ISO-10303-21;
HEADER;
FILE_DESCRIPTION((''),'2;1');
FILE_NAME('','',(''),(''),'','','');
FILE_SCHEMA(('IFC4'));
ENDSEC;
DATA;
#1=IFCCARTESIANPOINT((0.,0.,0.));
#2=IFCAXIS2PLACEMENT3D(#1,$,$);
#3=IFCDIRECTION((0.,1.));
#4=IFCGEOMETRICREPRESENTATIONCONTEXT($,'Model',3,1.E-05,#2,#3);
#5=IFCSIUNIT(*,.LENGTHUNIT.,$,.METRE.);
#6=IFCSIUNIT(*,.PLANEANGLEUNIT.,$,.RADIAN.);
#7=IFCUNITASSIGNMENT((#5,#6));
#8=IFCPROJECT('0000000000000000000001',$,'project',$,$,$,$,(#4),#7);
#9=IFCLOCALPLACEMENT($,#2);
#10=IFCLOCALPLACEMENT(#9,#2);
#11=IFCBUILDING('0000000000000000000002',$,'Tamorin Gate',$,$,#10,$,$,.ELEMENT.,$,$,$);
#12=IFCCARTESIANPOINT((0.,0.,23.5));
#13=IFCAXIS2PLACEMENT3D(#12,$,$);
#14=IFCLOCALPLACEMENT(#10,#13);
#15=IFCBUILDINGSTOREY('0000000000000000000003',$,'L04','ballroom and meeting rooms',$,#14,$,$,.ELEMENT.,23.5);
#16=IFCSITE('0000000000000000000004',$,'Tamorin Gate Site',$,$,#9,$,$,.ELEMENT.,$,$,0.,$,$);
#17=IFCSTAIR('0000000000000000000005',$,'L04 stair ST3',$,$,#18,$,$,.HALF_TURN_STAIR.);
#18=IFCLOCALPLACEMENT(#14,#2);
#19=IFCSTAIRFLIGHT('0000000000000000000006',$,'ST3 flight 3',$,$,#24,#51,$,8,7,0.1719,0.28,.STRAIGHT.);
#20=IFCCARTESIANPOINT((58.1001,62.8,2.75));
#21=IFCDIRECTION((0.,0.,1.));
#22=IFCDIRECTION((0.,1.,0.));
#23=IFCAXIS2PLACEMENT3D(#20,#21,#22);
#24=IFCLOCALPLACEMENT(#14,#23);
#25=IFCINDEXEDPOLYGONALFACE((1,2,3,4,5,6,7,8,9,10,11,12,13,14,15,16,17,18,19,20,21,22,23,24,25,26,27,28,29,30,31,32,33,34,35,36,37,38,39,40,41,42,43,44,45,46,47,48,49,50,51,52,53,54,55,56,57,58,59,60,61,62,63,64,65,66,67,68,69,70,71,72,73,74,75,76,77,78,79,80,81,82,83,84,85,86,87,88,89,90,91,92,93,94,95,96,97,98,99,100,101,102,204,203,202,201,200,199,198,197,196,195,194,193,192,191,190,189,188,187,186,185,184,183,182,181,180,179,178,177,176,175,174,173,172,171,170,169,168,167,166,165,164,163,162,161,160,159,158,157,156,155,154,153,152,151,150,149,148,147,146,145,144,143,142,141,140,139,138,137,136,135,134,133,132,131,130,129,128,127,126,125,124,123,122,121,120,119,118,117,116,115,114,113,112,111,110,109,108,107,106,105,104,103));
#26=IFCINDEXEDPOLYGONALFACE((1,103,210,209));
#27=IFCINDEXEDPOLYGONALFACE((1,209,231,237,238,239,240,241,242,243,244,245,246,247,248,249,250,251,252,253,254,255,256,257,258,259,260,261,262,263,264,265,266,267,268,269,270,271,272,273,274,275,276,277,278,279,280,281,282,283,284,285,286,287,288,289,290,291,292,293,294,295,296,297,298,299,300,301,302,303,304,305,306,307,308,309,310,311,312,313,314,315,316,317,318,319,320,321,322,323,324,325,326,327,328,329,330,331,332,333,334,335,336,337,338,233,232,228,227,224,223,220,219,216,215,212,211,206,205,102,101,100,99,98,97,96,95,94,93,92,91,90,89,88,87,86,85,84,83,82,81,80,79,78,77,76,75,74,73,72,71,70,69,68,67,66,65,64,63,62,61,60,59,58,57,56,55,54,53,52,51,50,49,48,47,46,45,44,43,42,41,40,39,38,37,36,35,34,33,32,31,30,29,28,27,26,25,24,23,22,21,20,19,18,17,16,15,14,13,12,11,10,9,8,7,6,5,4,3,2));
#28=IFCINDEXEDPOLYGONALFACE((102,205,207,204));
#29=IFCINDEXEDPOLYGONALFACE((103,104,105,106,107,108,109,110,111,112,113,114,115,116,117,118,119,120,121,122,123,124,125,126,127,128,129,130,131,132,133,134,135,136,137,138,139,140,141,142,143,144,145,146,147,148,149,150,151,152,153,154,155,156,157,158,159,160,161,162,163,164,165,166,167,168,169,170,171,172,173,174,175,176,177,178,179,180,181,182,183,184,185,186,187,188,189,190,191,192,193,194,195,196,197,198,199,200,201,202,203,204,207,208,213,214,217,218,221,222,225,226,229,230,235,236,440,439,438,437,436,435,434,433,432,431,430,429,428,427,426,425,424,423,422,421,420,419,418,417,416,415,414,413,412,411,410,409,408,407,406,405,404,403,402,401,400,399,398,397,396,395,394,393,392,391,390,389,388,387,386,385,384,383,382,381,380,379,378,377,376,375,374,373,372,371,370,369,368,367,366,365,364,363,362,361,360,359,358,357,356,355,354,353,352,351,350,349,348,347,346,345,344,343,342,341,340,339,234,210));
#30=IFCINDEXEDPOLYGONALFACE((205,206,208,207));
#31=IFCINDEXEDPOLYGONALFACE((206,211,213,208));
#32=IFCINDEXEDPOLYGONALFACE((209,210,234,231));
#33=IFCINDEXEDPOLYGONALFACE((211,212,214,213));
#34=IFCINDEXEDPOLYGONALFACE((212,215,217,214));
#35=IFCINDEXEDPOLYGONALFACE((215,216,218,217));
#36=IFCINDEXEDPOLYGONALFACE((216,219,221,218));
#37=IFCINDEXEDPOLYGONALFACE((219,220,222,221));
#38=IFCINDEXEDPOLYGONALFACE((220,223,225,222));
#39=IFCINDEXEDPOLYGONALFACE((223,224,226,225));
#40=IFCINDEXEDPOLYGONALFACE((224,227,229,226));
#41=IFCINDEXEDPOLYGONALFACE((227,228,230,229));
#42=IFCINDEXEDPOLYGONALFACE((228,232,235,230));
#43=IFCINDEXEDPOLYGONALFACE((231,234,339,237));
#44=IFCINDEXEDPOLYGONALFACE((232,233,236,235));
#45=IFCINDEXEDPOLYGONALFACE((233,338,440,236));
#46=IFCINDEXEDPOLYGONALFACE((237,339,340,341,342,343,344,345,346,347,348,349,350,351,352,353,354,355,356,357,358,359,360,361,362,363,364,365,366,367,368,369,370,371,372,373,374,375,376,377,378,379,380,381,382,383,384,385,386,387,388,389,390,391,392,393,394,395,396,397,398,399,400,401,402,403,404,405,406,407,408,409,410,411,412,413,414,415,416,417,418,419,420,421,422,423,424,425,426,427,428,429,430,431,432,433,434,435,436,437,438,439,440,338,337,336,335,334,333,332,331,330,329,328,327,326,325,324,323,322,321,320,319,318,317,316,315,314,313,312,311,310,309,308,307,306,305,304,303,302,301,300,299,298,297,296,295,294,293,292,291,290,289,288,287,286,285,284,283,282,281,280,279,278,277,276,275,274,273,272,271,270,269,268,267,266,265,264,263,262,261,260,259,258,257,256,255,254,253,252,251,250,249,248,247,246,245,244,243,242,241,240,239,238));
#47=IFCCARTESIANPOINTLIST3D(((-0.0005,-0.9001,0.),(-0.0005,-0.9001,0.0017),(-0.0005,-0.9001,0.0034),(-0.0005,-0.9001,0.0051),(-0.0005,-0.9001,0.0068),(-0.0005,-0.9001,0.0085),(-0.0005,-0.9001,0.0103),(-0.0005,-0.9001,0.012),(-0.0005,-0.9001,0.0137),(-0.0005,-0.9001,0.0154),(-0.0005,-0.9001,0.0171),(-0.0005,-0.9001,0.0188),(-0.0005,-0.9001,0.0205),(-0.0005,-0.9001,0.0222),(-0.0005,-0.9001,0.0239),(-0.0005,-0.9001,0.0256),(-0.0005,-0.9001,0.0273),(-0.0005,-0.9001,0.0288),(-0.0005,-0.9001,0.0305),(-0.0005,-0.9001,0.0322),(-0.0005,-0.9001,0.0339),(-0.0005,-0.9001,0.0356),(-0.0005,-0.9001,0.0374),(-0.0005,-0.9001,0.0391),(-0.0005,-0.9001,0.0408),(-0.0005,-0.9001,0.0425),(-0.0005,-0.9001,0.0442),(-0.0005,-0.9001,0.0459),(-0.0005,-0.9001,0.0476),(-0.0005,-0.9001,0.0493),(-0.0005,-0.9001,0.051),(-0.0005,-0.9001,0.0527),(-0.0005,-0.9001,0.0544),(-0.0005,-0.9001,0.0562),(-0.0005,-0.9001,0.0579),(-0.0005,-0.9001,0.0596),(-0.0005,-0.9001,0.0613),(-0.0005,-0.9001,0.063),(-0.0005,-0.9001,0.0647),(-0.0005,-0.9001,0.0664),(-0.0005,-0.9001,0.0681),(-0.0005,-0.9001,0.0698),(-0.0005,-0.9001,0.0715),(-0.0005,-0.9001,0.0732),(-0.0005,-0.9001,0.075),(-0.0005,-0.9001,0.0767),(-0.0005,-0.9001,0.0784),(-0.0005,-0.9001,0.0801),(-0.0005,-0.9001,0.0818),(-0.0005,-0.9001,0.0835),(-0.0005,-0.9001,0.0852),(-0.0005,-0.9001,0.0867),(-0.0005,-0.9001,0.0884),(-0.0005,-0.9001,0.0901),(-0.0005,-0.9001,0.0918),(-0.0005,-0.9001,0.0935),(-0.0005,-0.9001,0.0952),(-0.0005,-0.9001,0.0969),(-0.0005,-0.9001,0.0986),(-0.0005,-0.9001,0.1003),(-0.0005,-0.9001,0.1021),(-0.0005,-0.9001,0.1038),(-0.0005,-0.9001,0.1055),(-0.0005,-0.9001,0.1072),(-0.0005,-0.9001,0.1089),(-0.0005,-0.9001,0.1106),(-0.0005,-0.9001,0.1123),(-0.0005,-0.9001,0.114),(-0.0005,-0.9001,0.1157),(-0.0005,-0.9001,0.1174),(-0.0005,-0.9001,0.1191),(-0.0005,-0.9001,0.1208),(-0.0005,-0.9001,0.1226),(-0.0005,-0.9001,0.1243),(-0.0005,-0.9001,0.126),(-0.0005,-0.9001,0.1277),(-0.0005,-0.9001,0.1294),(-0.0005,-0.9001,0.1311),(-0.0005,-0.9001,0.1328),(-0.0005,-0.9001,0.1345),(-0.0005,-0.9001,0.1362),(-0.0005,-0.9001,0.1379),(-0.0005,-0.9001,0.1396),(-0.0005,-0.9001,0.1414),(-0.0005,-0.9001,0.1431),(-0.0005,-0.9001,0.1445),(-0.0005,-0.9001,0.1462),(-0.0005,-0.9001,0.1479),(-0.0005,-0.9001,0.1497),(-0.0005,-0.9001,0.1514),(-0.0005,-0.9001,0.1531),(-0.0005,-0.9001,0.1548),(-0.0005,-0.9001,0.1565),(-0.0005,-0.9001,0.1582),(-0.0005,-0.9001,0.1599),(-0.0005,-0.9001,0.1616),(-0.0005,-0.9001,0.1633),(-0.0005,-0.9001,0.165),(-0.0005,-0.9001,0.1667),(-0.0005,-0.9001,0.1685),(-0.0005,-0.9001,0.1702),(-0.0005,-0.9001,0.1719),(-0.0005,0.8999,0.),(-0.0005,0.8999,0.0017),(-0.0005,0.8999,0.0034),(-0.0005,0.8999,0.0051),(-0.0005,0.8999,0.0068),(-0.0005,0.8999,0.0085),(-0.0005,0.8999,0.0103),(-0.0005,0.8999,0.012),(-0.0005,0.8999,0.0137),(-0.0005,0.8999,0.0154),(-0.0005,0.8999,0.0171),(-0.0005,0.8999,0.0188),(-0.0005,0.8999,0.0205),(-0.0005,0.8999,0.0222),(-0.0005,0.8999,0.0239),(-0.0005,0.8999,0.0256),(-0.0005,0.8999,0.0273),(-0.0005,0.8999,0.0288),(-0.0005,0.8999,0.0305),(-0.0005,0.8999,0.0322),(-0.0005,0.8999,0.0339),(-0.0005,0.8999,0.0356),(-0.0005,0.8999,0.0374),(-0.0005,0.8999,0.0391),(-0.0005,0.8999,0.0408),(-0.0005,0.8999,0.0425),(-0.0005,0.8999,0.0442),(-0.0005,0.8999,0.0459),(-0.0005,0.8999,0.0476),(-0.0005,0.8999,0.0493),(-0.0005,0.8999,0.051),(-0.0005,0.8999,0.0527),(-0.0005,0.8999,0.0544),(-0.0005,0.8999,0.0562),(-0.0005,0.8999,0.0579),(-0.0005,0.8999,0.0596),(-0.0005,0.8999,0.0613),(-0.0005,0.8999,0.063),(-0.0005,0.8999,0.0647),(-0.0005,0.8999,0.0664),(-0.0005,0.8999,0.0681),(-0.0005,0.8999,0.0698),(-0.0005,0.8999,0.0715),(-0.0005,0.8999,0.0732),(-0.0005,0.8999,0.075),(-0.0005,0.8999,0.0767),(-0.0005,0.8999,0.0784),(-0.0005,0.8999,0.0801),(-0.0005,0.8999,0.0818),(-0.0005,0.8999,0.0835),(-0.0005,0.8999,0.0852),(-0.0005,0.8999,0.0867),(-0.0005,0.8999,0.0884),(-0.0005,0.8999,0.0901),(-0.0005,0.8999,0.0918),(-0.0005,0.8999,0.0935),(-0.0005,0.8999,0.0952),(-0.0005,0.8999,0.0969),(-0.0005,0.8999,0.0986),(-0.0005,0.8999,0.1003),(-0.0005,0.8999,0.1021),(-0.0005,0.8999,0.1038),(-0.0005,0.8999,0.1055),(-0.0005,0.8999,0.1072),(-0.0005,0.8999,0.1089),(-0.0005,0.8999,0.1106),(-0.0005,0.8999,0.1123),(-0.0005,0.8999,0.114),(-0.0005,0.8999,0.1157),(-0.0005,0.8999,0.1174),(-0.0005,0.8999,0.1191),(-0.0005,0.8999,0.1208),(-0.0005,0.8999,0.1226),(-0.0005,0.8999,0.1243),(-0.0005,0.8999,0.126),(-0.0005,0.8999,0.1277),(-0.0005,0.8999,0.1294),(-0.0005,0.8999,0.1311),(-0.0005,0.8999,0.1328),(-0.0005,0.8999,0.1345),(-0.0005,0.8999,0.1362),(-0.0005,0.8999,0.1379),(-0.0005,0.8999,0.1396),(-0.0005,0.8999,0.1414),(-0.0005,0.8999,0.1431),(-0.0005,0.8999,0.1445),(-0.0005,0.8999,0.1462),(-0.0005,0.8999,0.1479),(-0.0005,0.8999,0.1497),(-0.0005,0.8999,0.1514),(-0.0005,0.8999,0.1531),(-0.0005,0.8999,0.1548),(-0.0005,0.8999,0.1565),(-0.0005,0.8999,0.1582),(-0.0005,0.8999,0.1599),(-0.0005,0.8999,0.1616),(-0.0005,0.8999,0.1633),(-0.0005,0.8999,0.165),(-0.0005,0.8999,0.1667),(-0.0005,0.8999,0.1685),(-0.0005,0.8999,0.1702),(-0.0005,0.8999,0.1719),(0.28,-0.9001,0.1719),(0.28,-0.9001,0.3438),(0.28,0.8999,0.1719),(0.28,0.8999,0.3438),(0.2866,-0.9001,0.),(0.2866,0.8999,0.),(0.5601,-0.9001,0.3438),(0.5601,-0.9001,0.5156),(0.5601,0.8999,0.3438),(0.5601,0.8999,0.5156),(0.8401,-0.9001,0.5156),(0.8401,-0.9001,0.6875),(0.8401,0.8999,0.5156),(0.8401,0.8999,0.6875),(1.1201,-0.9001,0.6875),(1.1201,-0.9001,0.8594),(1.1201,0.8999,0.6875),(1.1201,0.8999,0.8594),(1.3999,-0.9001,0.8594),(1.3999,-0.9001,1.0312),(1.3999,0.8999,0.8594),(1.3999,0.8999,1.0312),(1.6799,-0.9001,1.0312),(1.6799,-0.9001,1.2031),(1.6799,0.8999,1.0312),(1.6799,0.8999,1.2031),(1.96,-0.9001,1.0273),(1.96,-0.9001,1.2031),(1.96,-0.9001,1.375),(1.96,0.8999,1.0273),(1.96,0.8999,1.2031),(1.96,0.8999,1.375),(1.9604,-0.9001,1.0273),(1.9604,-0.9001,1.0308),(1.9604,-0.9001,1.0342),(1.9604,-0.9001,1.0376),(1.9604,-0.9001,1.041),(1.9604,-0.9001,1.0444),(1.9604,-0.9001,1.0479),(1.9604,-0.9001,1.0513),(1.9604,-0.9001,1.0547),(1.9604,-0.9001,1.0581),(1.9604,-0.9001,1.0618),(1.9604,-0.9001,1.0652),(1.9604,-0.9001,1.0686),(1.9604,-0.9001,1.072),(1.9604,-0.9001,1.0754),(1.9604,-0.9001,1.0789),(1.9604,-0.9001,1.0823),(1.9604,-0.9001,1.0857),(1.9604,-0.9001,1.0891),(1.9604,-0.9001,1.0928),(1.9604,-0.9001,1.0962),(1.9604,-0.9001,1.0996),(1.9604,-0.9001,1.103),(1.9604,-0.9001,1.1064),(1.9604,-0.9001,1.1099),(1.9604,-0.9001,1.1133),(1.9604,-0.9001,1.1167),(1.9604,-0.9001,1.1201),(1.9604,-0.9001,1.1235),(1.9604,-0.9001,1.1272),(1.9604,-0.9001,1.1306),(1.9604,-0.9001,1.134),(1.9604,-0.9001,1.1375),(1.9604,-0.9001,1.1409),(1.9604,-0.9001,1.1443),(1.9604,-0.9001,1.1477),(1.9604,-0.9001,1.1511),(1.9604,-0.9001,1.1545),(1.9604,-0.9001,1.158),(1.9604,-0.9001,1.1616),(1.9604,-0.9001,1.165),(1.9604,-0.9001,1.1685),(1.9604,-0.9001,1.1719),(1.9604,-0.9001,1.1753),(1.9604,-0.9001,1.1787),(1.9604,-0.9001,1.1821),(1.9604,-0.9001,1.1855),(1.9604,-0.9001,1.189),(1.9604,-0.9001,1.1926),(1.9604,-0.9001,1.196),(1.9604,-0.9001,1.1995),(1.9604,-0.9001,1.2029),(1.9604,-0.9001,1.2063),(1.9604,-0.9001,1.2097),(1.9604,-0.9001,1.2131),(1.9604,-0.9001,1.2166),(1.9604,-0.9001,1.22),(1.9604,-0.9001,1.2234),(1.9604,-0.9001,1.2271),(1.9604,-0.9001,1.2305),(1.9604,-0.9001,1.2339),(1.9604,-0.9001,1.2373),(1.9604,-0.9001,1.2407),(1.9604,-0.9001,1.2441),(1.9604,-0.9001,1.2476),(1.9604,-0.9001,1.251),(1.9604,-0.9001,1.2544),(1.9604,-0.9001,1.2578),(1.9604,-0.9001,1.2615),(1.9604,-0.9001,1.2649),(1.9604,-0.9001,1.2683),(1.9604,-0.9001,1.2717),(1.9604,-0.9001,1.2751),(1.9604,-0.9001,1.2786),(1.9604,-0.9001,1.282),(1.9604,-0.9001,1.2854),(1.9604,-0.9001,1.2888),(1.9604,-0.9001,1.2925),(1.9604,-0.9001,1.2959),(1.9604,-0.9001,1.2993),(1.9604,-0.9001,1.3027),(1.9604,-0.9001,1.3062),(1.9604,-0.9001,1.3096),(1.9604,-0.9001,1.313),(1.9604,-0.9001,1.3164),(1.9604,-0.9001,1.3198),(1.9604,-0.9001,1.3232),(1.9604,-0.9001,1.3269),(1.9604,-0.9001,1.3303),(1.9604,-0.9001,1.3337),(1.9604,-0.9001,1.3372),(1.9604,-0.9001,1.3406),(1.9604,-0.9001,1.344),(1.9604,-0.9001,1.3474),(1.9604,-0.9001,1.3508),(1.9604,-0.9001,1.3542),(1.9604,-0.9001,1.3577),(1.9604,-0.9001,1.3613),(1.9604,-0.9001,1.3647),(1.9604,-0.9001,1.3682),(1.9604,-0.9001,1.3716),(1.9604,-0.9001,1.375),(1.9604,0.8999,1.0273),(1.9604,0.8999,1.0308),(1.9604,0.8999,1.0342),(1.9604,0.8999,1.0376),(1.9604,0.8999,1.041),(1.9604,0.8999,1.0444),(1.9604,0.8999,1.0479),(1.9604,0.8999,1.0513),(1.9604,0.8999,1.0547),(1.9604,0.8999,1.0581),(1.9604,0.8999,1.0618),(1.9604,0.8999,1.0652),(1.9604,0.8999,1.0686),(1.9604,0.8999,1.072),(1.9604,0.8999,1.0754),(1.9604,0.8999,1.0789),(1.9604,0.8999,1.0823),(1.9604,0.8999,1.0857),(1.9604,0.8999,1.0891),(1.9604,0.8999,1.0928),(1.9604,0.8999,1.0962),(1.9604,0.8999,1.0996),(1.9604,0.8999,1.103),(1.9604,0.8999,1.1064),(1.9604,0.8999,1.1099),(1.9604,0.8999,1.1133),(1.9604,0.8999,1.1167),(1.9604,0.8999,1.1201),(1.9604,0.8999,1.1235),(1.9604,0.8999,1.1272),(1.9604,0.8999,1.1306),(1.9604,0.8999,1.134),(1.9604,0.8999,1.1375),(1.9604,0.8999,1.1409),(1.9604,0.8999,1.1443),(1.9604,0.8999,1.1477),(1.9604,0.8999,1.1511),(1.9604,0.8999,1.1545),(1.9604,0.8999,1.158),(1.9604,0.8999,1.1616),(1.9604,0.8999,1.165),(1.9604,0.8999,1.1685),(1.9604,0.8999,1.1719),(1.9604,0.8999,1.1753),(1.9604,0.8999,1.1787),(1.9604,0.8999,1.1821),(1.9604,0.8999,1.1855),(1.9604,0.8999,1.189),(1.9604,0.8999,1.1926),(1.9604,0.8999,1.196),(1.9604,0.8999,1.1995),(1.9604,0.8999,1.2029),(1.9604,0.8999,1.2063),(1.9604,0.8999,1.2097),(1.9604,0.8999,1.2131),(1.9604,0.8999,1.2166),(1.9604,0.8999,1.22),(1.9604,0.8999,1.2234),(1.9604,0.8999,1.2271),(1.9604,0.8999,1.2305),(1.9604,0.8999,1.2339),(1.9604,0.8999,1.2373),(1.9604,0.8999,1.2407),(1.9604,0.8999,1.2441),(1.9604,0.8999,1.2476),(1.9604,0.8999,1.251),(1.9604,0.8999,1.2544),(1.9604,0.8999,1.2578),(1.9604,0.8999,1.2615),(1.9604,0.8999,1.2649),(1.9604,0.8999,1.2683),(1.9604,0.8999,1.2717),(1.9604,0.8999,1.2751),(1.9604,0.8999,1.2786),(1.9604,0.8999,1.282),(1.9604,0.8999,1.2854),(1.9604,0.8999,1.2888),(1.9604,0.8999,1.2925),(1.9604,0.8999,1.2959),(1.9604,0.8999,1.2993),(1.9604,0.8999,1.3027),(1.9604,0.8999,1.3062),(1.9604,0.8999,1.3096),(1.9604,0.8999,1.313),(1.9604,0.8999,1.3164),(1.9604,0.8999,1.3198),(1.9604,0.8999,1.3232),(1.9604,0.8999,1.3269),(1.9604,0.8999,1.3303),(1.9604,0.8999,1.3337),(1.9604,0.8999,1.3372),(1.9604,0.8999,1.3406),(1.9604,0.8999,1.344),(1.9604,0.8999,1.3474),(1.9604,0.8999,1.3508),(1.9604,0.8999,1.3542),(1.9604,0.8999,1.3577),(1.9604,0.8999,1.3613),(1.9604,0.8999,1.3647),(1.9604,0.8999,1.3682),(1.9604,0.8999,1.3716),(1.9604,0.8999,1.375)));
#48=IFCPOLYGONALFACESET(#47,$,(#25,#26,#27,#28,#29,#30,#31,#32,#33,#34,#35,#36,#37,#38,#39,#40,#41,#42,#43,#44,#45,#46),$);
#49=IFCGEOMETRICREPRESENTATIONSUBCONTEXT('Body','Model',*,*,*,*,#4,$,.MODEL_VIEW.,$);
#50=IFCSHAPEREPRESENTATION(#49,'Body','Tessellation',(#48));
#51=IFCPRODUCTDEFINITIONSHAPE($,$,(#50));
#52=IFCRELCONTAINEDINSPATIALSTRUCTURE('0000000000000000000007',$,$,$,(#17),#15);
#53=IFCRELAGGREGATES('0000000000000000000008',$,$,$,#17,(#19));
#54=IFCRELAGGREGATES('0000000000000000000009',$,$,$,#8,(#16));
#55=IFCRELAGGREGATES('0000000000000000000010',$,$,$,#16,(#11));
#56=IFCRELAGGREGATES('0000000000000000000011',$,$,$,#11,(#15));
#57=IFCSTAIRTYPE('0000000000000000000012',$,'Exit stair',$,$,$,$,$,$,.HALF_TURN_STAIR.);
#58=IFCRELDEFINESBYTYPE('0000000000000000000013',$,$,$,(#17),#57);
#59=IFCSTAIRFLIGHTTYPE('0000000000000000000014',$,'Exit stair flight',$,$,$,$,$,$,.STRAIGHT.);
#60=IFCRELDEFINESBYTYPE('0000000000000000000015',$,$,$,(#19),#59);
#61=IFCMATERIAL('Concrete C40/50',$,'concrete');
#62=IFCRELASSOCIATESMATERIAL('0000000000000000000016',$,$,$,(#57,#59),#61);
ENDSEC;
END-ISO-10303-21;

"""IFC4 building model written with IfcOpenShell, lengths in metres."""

from ifc_helpers import new_model, si_unit, direction, frame, origin, place, context, subcontext, project, spatial, polyline, outline, extrude, material, type_object, element, aggregate, save


model = new_model("IFC4")

# Units and contexts
model_context = context("Model", 3, precision=1e-05, world=origin(), true_north=direction((0.0, 1.0)))
body_context = subcontext(model_context, "Body", "Model", "MODEL_VIEW")
ifc_project = project(units=[si_unit("LENGTHUNIT", "METRE"), si_unit("PLANEANGLEUNIT", "RADIAN")], contexts=[model_context])

# Site, building, storey
site_placement = place(None, origin())
site = spatial("IfcSite", under=ifc_project, at=site_placement, Name="Tamorin Gate Site", CompositionType="ELEMENT", RefElevation=0.0)
building_placement = place(site_placement, origin())
building = spatial("IfcBuilding", under=site, at=building_placement, Name="Tamorin Gate", CompositionType="ELEMENT")
storey_placement = place(building_placement, frame((0.0, 0.0, 23.5)))
storey = spatial("IfcBuildingStorey", under=building, at=storey_placement, Name="L04", Description="ballroom and meeting rooms", CompositionType="ELEMENT", Elevation=23.5)

# Shared definitions
ifc_material_1 = material(Name="Concrete C40/50", Category="concrete")

# Stair, stair flight
stair_type = type_object("IfcStairType", Name="Exit stair", PredefinedType="HALF_TURN_STAIR", material=ifc_material_1)
stair_placement = place(storey_placement, origin())
stair = element("IfcStair", 1, at=stair_placement, inside=storey, type_object=stair_type, Name="L04 stair ST3", PredefinedType="HALF_TURN_STAIR")
stair_flight_type = type_object("IfcStairFlightType", Name="Exit stair flight", PredefinedType="STRAIGHT", material=ifc_material_1)
stair_flight_1_placement = place(storey_placement, frame((58.1001, 62.8, 2.75), z_axis=(0.0, 0.0, 1.0), x_axis=(0.0, 1.0, 0.0)))
stair_flight_1 = element("IfcStairFlight", 2, at=stair_flight_1_placement, type_object=stair_flight_type, Name="ST3 flight 3", NumberOfRisers=8, NumberOfTreads=7, PredefinedType="STRAIGHT", RiserHeight=0.1719, TreadLength=0.28, context=body_context, shape_type="SweptSolid", body=[
    extrude(outline(polyline([(-0.0005, 0.0), (-0.0005, 0.0017), (-0.0005, 0.0034), (-0.0005, 0.0051), (-0.0005, 0.0068), (-0.0005, 0.0085), (-0.0005, 0.0103), (-0.0005, 0.012), (-0.0005, 0.0137), (-0.0005, 0.0154), (-0.0005, 0.0171), (-0.0005, 0.0188), (-0.0005, 0.0205), (-0.0005, 0.0222), (-0.0005, 0.0239), (-0.0005, 0.0256), (-0.0005, 0.0273), (-0.0005, 0.0288), (-0.0005, 0.0305), (-0.0005, 0.0322), (-0.0005, 0.0339), (-0.0005, 0.0356), (-0.0005, 0.0374), (-0.0005, 0.0391), (-0.0005, 0.0408), (-0.0005, 0.0425), (-0.0005, 0.0442), (-0.0005, 0.0459), (-0.0005, 0.0476), (-0.0005, 0.0493), (-0.0005, 0.051), (-0.0005, 0.0527), (-0.0005, 0.0544), (-0.0005, 0.0562), (-0.0005, 0.0579), (-0.0005, 0.0596), (-0.0005, 0.0613), (-0.0005, 0.063), (-0.0005, 0.0647), (-0.0005, 0.0664), (-0.0005, 0.0681), (-0.0005, 0.0698), (-0.0005, 0.0715), (-0.0005, 0.0732), (-0.0005, 0.075), (-0.0005, 0.0767), (-0.0005, 0.0784), (-0.0005, 0.0801), (-0.0005, 0.0818), (-0.0005, 0.0835), (-0.0005, 0.0852), (-0.0005, 0.0867), (-0.0005, 0.0884), (-0.0005, 0.0901), (-0.0005, 0.0918), (-0.0005, 0.0935), (-0.0005, 0.0952), (-0.0005, 0.0969), (-0.0005, 0.0986), (-0.0005, 0.1003), (-0.0005, 0.1021), (-0.0005, 0.1038), (-0.0005, 0.1055), (-0.0005, 0.1072), (-0.0005, 0.1089), (-0.0005, 0.1106), (-0.0005, 0.1123), (-0.0005, 0.114), (-0.0005, 0.1157), (-0.0005, 0.1174), (-0.0005, 0.1191), (-0.0005, 0.1208), (-0.0005, 0.1226), (-0.0005, 0.1243), (-0.0005, 0.126), (-0.0005, 0.1277), (-0.0005, 0.1294), (-0.0005, 0.1311), (-0.0005, 0.1328), (-0.0005, 0.1345), (-0.0005, 0.1362), (-0.0005, 0.1379), (-0.0005, 0.1396), (-0.0005, 0.1414), (-0.0005, 0.1431), (-0.0005, 0.1445), (-0.0005, 0.1462), (-0.0005, 0.1479), (-0.0005, 0.1497), (-0.0005, 0.1514), (-0.0005, 0.1531), (-0.0005, 0.1548), (-0.0005, 0.1565), (-0.0005, 0.1582), (-0.0005, 0.1599), (-0.0005, 0.1616), (-0.0005, 0.1633), (-0.0005, 0.165), (-0.0005, 0.1667), (-0.0005, 0.1685), (-0.0005, 0.1702), (-0.0005, 0.1719), (0.28, 0.1719), (0.28, 0.3438), (0.5601, 0.3438), (0.5601, 0.5156), (0.8401, 0.5156), (0.8401, 0.6875), (1.1201, 0.6875), (1.1201, 0.8594), (1.3999, 0.8594), (1.3999, 1.0312), (1.6799, 1.0312), (1.6799, 1.2031), (1.96, 1.2031), (1.96, 1.375), (1.9604, 1.375), (1.9604, 1.3716), (1.9604, 1.3682), (1.9604, 1.3647), (1.9604, 1.3613), (1.9604, 1.3577), (1.9604, 1.3542), (1.9604, 1.3508), (1.9604, 1.3474), (1.9604, 1.344), (1.9604, 1.3406), (1.9604, 1.3372), (1.9604, 1.3337), (1.9604, 1.3303), (1.9604, 1.3269), (1.9604, 1.3232), (1.9604, 1.3198), (1.9604, 1.3164), (1.9604, 1.313), (1.9604, 1.3096), (1.9604, 1.3062), (1.9604, 1.3027), (1.9604, 1.2993), (1.9604, 1.2959), (1.9604, 1.2925), (1.9604, 1.2888), (1.9604, 1.2854), (1.9604, 1.282), (1.9604, 1.2786), (1.9604, 1.2751), (1.9604, 1.2717), (1.9604, 1.2683), (1.9604, 1.2649), (1.9604, 1.2615), (1.9604, 1.2578), (1.9604, 1.2544), (1.9604, 1.251), (1.9604, 1.2476), (1.9604, 1.2441), (1.9604, 1.2407), (1.9604, 1.2373), (1.9604, 1.2339), (1.9604, 1.2305), (1.9604, 1.2271), (1.9604, 1.2234), (1.9604, 1.22), (1.9604, 1.2166), (1.9604, 1.2131), (1.9604, 1.2097), (1.9604, 1.2063), (1.9604, 1.2029), (1.9604, 1.1995), (1.9604, 1.196), (1.9604, 1.1926), (1.9604, 1.189), (1.9604, 1.1855), (1.9604, 1.1821), (1.9604, 1.1787), (1.9604, 1.1753), (1.9604, 1.1719), (1.9604, 1.1685), (1.9604, 1.165), (1.9604, 1.1616), (1.9604, 1.158), (1.9604, 1.1545), (1.9604, 1.1511), (1.9604, 1.1477), (1.9604, 1.1443), (1.9604, 1.1409), (1.9604, 1.1375), (1.9604, 1.134), (1.9604, 1.1306), (1.9604, 1.1272), (1.9604, 1.1235), (1.9604, 1.1201), (1.9604, 1.1167), (1.9604, 1.1133), (1.9604, 1.1099), (1.9604, 1.1064), (1.9604, 1.103), (1.9604, 1.0996), (1.9604, 1.0962), (1.9604, 1.0928), (1.9604, 1.0891), (1.9604, 1.0857), (1.9604, 1.0823), (1.9604, 1.0789), (1.9604, 1.0754), (1.9604, 1.072), (1.9604, 1.0686), (1.9604, 1.0652), (1.9604, 1.0618), (1.9604, 1.0581), (1.9604, 1.0547), (1.9604, 1.0513), (1.9604, 1.0479), (1.9604, 1.0444), (1.9604, 1.041), (1.9604, 1.0376), (1.9604, 1.0342), (1.9604, 1.0308), (1.9604, 1.0273), (1.96, 1.0273), (0.2866, 0.0), (-0.0005, 0.0)])), frame((0.0, 0.8999, 0.0), z_axis=(0.0, -1.0, 0.0), x_axis=(1.0, 0.0, 0.0)), (0.0, 0.0, 1.0), 1.8),
])
aggregate(stair, [stair_flight_1])

save(model, "model.ifc")
